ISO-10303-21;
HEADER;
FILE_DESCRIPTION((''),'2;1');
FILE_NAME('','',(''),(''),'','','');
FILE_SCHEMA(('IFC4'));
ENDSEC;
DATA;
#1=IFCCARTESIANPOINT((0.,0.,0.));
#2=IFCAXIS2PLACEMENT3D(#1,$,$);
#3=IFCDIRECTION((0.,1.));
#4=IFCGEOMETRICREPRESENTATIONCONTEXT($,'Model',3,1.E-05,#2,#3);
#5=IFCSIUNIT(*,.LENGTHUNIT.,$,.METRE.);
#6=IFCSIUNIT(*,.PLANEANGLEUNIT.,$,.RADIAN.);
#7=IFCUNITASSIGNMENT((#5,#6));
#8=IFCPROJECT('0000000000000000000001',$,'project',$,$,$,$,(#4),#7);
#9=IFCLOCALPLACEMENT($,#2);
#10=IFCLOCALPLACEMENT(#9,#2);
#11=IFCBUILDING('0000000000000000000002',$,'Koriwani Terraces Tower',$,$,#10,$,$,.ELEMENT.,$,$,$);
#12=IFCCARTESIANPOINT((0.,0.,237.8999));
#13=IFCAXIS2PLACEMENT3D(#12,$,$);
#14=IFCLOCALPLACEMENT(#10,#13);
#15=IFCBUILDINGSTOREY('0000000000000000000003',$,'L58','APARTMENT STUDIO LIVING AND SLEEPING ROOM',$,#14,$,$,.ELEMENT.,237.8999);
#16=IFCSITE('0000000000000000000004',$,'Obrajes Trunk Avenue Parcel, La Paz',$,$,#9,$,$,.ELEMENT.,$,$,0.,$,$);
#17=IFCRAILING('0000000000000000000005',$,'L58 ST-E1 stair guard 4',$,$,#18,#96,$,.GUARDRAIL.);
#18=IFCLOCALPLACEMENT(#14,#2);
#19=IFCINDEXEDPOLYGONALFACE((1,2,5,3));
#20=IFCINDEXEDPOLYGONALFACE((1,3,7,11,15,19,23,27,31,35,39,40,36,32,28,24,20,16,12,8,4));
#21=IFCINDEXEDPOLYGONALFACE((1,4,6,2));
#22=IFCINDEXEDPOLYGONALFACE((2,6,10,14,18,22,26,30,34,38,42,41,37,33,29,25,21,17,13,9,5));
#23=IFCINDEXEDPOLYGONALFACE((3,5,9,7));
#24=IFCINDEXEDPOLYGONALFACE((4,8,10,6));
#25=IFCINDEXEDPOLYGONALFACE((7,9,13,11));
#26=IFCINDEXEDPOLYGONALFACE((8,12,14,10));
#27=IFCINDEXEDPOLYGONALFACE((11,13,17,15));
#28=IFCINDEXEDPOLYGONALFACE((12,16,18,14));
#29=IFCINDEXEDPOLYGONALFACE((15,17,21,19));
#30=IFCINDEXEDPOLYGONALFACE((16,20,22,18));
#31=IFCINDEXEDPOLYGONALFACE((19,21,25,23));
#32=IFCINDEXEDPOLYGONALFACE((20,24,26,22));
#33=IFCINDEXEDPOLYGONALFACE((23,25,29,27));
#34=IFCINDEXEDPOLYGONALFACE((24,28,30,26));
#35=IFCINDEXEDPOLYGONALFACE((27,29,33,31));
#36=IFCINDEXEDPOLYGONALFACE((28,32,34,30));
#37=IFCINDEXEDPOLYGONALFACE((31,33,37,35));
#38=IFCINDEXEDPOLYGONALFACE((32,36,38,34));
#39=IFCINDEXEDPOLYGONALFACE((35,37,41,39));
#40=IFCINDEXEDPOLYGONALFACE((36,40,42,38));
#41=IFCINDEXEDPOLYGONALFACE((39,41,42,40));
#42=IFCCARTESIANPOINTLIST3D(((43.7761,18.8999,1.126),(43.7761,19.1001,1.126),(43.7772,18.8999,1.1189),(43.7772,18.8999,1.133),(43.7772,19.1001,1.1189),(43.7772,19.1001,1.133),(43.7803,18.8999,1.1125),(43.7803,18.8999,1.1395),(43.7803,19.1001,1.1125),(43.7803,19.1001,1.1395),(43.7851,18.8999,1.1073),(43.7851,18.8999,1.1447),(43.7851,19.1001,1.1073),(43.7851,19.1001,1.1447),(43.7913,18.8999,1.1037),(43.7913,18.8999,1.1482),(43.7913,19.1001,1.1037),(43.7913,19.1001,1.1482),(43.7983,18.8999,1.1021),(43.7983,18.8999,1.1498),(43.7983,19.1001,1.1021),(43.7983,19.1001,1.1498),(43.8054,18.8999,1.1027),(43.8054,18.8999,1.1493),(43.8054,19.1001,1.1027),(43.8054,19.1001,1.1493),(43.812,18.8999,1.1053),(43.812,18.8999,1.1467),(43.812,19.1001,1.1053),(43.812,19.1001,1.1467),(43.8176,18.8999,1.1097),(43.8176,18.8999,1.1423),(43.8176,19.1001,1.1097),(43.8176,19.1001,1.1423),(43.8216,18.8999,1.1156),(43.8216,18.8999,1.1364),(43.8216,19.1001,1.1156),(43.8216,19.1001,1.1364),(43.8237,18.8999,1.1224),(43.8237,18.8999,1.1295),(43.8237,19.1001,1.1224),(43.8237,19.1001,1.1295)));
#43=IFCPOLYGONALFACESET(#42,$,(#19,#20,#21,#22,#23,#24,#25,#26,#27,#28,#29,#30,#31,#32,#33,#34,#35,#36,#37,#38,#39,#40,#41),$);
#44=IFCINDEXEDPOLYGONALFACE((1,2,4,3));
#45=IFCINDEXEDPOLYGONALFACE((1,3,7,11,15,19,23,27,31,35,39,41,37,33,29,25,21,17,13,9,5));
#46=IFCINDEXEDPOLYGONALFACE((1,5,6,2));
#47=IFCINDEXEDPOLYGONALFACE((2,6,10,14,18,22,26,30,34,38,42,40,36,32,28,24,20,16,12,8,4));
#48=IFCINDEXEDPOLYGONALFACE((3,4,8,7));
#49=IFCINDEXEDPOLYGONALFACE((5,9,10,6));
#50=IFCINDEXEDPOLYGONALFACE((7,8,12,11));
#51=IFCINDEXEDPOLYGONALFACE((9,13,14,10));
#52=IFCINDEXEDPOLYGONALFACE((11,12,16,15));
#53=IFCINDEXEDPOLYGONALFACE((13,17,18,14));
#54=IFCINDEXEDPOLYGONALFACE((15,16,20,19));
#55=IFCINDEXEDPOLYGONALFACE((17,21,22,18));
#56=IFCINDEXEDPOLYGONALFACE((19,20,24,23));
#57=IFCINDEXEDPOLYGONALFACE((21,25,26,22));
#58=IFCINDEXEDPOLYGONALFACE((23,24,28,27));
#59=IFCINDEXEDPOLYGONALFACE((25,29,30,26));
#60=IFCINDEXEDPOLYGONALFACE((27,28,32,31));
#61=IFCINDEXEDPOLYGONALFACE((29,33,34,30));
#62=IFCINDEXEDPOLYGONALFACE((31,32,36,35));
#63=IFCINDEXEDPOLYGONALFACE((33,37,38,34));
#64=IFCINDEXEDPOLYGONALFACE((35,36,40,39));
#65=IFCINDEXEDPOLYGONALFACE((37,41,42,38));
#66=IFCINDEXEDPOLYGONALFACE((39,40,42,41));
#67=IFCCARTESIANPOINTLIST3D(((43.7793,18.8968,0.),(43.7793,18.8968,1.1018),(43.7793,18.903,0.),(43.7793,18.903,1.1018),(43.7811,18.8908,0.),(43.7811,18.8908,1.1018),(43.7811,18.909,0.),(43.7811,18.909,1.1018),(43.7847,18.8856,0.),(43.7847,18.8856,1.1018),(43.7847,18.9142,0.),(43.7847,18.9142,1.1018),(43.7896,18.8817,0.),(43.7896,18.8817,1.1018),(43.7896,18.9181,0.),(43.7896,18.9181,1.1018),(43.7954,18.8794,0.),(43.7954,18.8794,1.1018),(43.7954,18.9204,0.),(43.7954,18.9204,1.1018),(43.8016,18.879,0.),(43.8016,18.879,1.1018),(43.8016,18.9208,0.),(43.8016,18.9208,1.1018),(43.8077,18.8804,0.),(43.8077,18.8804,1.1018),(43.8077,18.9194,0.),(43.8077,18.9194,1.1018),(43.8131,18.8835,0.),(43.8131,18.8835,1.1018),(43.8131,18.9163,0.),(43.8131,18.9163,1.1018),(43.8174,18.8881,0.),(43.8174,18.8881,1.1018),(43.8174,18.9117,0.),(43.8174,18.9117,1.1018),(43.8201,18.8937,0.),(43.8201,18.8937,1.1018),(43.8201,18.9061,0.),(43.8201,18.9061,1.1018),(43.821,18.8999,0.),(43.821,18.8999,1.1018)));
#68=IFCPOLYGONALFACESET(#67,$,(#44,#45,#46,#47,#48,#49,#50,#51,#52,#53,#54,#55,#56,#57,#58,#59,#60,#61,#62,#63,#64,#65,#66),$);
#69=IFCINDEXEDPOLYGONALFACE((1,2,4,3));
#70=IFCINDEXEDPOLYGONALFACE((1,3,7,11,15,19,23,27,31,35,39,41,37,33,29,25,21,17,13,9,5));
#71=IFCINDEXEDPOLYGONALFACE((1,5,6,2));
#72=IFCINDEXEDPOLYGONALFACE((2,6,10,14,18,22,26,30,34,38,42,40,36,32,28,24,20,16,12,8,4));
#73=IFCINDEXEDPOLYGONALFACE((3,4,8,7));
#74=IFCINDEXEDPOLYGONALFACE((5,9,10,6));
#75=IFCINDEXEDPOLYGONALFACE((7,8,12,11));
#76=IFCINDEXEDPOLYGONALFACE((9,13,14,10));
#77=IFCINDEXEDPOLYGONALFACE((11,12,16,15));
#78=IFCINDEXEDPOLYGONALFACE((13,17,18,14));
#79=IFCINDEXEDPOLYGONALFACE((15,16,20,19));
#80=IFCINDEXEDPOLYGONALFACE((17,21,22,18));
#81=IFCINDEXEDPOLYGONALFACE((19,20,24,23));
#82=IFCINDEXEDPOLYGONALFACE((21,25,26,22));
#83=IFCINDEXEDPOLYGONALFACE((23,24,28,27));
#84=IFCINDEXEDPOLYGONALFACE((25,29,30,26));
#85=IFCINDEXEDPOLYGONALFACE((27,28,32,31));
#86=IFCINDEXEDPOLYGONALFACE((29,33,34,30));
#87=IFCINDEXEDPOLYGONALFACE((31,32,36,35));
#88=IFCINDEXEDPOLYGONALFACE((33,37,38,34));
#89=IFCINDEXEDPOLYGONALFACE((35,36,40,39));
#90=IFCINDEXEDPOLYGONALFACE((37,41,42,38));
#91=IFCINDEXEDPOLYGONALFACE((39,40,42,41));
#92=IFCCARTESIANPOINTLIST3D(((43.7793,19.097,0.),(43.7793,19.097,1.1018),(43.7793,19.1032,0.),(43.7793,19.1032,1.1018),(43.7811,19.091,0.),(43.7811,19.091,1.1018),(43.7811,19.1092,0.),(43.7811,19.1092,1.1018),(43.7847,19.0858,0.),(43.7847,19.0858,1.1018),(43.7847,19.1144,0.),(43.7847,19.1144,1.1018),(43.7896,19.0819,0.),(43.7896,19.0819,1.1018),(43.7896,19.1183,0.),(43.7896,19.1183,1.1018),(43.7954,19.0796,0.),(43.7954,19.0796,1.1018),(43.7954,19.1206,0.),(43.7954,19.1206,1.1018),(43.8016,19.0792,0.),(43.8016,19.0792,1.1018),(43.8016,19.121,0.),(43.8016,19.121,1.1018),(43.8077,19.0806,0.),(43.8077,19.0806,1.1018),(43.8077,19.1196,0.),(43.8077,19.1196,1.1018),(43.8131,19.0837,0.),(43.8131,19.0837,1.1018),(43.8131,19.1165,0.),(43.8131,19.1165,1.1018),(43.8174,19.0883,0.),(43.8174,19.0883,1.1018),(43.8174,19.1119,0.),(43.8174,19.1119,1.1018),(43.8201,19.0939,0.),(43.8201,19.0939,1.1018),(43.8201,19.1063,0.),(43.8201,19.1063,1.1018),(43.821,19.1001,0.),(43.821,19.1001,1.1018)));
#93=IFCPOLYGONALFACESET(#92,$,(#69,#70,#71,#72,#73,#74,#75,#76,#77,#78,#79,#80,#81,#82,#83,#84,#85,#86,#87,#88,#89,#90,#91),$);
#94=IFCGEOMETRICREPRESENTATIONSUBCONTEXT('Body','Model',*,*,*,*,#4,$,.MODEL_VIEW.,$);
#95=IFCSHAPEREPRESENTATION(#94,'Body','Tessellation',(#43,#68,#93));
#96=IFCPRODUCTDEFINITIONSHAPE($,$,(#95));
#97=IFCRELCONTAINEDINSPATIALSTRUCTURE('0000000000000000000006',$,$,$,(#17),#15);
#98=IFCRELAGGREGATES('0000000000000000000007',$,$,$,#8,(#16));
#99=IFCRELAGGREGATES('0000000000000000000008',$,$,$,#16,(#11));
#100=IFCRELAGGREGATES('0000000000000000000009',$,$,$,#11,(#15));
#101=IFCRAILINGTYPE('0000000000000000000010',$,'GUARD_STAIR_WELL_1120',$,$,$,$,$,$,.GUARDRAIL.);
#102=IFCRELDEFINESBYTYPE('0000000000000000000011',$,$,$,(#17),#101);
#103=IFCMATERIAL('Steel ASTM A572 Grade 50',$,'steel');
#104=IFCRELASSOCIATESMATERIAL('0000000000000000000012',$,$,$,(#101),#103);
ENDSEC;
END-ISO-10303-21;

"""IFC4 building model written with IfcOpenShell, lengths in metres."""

from ifc_helpers import new_model, si_unit, direction, frame, origin, origin_2d, place, context, subcontext, project, spatial, circle, extrude, material, type_object, element, save


model = new_model("IFC4")

# Units and contexts
model_context = context("Model", 3, precision=1e-05, world=origin(), true_north=direction((0.0, 1.0)))
body_context = subcontext(model_context, "Body", "Model", "MODEL_VIEW")
ifc_project = project(units=[si_unit("LENGTHUNIT", "METRE"), si_unit("PLANEANGLEUNIT", "RADIAN")], contexts=[model_context])

# Site, building, storey
site_placement = place(None, origin())
site = spatial("IfcSite", under=ifc_project, at=site_placement, Name="Obrajes Trunk Avenue Parcel, La Paz", CompositionType="ELEMENT", RefElevation=0.0)
building_placement = place(site_placement, origin())
building = spatial("IfcBuilding", under=site, at=building_placement, Name="Koriwani Terraces Tower", CompositionType="ELEMENT")
storey_placement = place(building_placement, frame((0.0, 0.0, 237.8999)))
storey = spatial("IfcBuildingStorey", under=building, at=storey_placement, Name="L58", Description="APARTMENT STUDIO LIVING AND SLEEPING ROOM", CompositionType="ELEMENT", Elevation=237.8999)

# Shared definitions
ifc_material_1 = material(Name="Steel ASTM A572 Grade 50", Category="steel")

# Railing
railing_type_1 = type_object("IfcRailingType", Name="GUARD_STAIR_WELL_1120", PredefinedType="GUARDRAIL", material=ifc_material_1)
railing_1_placement = place(storey_placement, frame((43.8, 18.8999, 0.0)))
element("IfcRailing", 1, at=railing_1_placement, inside=storey, type_object=railing_type_1, Name="L58 ST-E1 stair guard 4", PredefinedType="GUARDRAIL", context=body_context, shape_type="SweptSolid", body=[
    extrude(circle(Radius=0.0239, at=origin_2d()), frame((0.0, 0.0, 1.126), z_axis=(0.0, 1.0, 0.0), x_axis=(-1.0, 0.0, 0.0)), (0.0, 0.0, 1.0), 0.2002),
    extrude(circle(Radius=0.021, at=origin_2d()), origin(), (0.0, 0.0, 1.0), 1.1018),
    extrude(circle(Radius=0.021, at=origin_2d()), frame((0.0, 0.2002, 0.0)), (0.0, 0.0, 1.0), 1.1018),
])

save(model, "model.ifc")
